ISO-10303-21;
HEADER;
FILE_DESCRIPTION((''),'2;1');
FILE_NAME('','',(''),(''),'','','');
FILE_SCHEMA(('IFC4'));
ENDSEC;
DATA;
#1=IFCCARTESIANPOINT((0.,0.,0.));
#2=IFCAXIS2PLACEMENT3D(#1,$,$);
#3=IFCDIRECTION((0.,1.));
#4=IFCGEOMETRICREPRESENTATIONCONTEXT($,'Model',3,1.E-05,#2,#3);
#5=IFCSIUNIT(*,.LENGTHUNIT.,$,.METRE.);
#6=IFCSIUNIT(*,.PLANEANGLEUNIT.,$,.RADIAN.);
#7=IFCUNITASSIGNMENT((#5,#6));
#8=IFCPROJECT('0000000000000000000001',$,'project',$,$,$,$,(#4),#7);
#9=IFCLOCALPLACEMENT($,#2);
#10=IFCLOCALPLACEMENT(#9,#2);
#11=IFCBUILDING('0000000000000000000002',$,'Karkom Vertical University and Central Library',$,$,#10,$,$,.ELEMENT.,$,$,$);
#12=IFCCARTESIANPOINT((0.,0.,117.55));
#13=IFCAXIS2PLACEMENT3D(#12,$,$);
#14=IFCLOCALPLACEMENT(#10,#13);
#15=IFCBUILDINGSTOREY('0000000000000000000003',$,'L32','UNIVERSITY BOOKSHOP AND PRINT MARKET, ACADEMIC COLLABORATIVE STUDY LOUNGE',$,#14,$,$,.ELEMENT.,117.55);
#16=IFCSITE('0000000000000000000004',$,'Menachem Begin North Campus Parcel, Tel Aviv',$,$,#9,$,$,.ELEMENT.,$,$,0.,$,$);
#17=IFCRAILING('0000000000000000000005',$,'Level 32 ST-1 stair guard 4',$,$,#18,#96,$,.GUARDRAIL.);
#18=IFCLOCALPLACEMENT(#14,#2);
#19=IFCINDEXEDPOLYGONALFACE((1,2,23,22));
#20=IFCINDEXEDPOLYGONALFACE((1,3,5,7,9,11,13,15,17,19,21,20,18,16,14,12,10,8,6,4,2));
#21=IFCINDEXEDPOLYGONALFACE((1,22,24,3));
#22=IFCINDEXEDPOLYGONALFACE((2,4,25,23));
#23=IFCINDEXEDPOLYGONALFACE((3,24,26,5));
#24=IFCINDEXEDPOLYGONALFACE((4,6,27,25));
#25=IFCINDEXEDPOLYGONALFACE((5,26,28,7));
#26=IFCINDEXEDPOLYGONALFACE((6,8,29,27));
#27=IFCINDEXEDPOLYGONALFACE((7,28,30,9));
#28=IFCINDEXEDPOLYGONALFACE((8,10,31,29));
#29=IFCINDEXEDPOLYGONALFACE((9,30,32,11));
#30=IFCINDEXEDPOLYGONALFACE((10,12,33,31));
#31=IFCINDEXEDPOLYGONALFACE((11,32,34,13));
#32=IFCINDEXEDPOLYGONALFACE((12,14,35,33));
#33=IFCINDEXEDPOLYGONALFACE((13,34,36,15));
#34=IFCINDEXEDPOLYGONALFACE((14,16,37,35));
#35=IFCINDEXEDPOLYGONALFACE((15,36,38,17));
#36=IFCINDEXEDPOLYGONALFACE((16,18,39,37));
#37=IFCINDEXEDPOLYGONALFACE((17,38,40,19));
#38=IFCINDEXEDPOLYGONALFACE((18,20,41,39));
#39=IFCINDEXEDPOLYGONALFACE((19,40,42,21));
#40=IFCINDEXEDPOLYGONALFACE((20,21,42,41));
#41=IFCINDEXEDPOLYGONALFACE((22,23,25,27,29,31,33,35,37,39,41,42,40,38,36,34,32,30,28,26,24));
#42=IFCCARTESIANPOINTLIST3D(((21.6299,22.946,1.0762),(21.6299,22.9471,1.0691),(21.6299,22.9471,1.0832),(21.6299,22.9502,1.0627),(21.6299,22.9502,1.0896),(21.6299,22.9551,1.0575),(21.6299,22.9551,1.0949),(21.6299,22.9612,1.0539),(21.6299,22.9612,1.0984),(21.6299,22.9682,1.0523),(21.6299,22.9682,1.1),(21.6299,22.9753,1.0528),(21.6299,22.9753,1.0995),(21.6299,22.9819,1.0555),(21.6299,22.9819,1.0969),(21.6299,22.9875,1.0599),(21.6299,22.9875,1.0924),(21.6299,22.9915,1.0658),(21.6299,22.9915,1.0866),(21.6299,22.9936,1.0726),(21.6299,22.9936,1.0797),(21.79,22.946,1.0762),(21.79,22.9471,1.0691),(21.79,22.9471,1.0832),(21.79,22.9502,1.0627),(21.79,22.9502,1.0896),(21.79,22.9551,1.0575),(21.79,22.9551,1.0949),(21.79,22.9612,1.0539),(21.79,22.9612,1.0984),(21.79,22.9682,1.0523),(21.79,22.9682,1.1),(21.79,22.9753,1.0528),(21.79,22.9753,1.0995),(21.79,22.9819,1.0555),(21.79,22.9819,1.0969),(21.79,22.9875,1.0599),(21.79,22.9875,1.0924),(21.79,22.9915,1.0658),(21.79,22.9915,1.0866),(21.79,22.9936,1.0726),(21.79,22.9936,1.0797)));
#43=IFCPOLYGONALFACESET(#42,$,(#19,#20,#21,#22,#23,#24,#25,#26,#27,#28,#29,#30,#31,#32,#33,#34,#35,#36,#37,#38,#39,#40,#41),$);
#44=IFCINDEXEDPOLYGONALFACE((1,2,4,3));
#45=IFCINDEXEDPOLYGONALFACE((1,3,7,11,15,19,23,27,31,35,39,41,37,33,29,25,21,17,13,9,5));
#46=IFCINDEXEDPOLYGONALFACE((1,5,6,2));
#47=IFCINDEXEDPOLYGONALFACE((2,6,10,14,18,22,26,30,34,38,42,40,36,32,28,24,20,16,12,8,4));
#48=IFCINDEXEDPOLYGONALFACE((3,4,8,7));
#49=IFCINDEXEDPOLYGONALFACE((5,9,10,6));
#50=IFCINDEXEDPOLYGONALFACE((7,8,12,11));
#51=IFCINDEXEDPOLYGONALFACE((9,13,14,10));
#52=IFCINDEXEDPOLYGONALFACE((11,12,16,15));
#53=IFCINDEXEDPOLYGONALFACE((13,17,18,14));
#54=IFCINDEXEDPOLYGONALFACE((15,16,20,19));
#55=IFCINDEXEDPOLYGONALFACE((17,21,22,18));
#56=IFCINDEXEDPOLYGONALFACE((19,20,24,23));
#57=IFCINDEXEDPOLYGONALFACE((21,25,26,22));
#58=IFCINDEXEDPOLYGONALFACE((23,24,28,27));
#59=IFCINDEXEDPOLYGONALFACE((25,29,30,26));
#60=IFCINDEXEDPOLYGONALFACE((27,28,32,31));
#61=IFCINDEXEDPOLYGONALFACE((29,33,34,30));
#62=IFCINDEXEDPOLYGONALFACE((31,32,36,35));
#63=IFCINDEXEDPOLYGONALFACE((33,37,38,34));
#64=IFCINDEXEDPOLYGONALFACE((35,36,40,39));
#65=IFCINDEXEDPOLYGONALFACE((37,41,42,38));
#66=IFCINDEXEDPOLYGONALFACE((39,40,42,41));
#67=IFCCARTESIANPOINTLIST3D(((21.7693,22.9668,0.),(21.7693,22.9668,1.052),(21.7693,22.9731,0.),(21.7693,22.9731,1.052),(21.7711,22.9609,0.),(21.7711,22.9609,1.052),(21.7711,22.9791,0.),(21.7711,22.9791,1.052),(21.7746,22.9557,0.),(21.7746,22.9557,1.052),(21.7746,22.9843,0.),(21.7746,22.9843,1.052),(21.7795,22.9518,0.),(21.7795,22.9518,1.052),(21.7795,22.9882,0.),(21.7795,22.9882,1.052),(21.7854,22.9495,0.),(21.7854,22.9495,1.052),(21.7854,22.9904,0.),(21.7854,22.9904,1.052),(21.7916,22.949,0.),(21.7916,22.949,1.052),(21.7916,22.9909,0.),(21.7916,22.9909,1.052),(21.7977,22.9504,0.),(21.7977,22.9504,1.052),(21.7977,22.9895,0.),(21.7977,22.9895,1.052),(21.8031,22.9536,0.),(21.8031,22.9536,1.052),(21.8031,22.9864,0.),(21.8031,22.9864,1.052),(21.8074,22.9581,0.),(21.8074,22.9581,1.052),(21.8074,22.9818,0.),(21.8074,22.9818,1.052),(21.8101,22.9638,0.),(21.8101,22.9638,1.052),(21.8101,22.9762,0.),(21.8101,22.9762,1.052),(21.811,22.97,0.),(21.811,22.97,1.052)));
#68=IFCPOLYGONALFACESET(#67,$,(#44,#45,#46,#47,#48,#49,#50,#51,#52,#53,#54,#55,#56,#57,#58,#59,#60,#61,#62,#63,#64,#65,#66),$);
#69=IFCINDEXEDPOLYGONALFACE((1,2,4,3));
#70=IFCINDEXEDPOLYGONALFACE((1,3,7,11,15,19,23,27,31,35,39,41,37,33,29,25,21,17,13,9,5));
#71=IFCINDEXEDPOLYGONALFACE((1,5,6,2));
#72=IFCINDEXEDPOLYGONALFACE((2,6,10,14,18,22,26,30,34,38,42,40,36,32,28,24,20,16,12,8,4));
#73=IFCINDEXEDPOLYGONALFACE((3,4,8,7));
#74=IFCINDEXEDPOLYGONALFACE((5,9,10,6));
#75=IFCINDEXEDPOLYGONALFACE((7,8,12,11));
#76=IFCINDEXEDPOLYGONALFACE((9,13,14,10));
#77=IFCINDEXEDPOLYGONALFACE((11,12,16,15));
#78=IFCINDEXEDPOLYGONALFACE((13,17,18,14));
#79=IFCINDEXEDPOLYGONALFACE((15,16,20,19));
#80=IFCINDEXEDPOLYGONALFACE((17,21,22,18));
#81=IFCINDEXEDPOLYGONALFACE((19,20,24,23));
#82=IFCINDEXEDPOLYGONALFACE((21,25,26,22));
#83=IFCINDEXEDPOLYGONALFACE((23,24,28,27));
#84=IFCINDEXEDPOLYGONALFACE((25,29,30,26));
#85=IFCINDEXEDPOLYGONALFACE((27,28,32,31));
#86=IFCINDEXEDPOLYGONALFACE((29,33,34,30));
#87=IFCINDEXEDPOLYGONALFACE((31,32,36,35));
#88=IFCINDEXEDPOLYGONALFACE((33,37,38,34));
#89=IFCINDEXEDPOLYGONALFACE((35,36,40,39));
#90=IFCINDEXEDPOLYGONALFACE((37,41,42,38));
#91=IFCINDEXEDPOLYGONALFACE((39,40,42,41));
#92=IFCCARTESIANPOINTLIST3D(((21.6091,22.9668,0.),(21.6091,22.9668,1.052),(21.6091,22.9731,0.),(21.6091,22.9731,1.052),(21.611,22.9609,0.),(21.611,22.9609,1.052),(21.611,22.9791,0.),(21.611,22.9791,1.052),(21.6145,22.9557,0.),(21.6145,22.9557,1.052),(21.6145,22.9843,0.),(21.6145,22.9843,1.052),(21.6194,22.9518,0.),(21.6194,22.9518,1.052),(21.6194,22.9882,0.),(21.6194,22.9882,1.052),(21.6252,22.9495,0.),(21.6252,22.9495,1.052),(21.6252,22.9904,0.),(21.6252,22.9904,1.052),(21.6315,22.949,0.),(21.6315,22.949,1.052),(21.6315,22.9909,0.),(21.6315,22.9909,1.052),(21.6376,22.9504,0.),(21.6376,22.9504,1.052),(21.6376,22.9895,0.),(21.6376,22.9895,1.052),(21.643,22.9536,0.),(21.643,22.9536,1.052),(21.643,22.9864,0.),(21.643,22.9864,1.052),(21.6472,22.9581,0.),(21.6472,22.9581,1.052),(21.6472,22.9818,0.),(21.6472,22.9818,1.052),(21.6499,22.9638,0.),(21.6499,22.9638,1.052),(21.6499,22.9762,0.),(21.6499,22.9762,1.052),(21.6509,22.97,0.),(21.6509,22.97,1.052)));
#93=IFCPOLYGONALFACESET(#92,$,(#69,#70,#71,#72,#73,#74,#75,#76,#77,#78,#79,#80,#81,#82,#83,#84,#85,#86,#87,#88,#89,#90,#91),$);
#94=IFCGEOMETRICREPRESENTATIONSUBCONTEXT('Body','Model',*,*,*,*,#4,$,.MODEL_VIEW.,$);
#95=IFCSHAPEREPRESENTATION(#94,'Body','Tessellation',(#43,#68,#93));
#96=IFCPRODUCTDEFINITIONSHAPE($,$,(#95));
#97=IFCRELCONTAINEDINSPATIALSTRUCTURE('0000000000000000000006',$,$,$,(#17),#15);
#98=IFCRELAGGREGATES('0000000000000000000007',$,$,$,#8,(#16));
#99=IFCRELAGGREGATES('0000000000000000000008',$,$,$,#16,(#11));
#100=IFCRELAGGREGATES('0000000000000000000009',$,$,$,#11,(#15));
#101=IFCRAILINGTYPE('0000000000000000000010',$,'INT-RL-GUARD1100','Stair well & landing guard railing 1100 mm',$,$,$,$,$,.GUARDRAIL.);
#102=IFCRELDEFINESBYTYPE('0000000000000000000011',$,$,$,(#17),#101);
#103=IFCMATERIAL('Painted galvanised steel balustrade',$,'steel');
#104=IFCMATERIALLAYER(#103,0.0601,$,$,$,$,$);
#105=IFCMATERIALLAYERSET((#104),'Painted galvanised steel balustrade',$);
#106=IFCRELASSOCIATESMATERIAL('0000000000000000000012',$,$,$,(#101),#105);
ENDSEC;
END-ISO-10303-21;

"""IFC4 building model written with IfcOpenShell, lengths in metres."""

from ifc_helpers import new_model, si_unit, direction, frame, origin, origin_2d, place, context, subcontext, project, spatial, circle, extrude, material, layer, layer_set, type_object, element, save


model = new_model("IFC4")

# Units and contexts
model_context = context("Model", 3, precision=1e-05, world=origin(), true_north=direction((0.0, 1.0)))
body_context = subcontext(model_context, "Body", "Model", "MODEL_VIEW")
ifc_project = project(units=[si_unit("LENGTHUNIT", "METRE"), si_unit("PLANEANGLEUNIT", "RADIAN")], contexts=[model_context])

# Site, building, storey
site_placement = place(None, origin())
site = spatial("IfcSite", under=ifc_project, at=site_placement, Name="Menachem Begin North Campus Parcel, Tel Aviv", CompositionType="ELEMENT", RefElevation=0.0)
building_placement = place(site_placement, origin())
building = spatial("IfcBuilding", under=site, at=building_placement, Name="Karkom Vertical University and Central Library", CompositionType="ELEMENT")
storey_placement = place(building_placement, frame((0.0, 0.0, 117.55)))
storey = spatial("IfcBuildingStorey", under=building, at=storey_placement, Name="L32", Description="UNIVERSITY BOOKSHOP AND PRINT MARKET, ACADEMIC COLLABORATIVE STUDY LOUNGE", CompositionType="ELEMENT", Elevation=117.55)

# Railing
ifc_material_1 = material(Name="Painted galvanised steel balustrade", Category="steel")
ifc_layer_1 = layer(ifc_material_1, 0.0601)
ifc_layer_set_1 = layer_set([ifc_layer_1], Name="Painted galvanised steel balustrade")
railing_type = type_object("IfcRailingType", Name="INT-RL-GUARD1100", Description="Stair well & landing guard railing 1100 mm", PredefinedType="GUARDRAIL", material=ifc_layer_set_1)
railing_1_placement = place(storey_placement, frame((21.79, 22.97, 0.0)))
element("IfcRailing", 1, at=railing_1_placement, inside=storey, type_object=railing_type, Name="Level 32 ST-1 stair guard 4", PredefinedType="GUARDRAIL", context=body_context, shape_type="SweptSolid", body=[
    extrude(circle(Radius=0.0239, at=origin_2d()), frame((0.0, 0.0, 1.0762), z_axis=(-1.0, 0.0, 0.0), x_axis=(0.0, -1.0, 0.0)), (0.0, 0.0, 1.0), 0.1602),
    extrude(circle(Radius=0.021, at=origin_2d()), origin(), (0.0, 0.0, 1.0), 1.052),
    extrude(circle(Radius=0.021, at=origin_2d()), frame((-0.1602, 0.0, 0.0)), (0.0, 0.0, 1.0), 1.052),
])

save(model, "model.ifc")
